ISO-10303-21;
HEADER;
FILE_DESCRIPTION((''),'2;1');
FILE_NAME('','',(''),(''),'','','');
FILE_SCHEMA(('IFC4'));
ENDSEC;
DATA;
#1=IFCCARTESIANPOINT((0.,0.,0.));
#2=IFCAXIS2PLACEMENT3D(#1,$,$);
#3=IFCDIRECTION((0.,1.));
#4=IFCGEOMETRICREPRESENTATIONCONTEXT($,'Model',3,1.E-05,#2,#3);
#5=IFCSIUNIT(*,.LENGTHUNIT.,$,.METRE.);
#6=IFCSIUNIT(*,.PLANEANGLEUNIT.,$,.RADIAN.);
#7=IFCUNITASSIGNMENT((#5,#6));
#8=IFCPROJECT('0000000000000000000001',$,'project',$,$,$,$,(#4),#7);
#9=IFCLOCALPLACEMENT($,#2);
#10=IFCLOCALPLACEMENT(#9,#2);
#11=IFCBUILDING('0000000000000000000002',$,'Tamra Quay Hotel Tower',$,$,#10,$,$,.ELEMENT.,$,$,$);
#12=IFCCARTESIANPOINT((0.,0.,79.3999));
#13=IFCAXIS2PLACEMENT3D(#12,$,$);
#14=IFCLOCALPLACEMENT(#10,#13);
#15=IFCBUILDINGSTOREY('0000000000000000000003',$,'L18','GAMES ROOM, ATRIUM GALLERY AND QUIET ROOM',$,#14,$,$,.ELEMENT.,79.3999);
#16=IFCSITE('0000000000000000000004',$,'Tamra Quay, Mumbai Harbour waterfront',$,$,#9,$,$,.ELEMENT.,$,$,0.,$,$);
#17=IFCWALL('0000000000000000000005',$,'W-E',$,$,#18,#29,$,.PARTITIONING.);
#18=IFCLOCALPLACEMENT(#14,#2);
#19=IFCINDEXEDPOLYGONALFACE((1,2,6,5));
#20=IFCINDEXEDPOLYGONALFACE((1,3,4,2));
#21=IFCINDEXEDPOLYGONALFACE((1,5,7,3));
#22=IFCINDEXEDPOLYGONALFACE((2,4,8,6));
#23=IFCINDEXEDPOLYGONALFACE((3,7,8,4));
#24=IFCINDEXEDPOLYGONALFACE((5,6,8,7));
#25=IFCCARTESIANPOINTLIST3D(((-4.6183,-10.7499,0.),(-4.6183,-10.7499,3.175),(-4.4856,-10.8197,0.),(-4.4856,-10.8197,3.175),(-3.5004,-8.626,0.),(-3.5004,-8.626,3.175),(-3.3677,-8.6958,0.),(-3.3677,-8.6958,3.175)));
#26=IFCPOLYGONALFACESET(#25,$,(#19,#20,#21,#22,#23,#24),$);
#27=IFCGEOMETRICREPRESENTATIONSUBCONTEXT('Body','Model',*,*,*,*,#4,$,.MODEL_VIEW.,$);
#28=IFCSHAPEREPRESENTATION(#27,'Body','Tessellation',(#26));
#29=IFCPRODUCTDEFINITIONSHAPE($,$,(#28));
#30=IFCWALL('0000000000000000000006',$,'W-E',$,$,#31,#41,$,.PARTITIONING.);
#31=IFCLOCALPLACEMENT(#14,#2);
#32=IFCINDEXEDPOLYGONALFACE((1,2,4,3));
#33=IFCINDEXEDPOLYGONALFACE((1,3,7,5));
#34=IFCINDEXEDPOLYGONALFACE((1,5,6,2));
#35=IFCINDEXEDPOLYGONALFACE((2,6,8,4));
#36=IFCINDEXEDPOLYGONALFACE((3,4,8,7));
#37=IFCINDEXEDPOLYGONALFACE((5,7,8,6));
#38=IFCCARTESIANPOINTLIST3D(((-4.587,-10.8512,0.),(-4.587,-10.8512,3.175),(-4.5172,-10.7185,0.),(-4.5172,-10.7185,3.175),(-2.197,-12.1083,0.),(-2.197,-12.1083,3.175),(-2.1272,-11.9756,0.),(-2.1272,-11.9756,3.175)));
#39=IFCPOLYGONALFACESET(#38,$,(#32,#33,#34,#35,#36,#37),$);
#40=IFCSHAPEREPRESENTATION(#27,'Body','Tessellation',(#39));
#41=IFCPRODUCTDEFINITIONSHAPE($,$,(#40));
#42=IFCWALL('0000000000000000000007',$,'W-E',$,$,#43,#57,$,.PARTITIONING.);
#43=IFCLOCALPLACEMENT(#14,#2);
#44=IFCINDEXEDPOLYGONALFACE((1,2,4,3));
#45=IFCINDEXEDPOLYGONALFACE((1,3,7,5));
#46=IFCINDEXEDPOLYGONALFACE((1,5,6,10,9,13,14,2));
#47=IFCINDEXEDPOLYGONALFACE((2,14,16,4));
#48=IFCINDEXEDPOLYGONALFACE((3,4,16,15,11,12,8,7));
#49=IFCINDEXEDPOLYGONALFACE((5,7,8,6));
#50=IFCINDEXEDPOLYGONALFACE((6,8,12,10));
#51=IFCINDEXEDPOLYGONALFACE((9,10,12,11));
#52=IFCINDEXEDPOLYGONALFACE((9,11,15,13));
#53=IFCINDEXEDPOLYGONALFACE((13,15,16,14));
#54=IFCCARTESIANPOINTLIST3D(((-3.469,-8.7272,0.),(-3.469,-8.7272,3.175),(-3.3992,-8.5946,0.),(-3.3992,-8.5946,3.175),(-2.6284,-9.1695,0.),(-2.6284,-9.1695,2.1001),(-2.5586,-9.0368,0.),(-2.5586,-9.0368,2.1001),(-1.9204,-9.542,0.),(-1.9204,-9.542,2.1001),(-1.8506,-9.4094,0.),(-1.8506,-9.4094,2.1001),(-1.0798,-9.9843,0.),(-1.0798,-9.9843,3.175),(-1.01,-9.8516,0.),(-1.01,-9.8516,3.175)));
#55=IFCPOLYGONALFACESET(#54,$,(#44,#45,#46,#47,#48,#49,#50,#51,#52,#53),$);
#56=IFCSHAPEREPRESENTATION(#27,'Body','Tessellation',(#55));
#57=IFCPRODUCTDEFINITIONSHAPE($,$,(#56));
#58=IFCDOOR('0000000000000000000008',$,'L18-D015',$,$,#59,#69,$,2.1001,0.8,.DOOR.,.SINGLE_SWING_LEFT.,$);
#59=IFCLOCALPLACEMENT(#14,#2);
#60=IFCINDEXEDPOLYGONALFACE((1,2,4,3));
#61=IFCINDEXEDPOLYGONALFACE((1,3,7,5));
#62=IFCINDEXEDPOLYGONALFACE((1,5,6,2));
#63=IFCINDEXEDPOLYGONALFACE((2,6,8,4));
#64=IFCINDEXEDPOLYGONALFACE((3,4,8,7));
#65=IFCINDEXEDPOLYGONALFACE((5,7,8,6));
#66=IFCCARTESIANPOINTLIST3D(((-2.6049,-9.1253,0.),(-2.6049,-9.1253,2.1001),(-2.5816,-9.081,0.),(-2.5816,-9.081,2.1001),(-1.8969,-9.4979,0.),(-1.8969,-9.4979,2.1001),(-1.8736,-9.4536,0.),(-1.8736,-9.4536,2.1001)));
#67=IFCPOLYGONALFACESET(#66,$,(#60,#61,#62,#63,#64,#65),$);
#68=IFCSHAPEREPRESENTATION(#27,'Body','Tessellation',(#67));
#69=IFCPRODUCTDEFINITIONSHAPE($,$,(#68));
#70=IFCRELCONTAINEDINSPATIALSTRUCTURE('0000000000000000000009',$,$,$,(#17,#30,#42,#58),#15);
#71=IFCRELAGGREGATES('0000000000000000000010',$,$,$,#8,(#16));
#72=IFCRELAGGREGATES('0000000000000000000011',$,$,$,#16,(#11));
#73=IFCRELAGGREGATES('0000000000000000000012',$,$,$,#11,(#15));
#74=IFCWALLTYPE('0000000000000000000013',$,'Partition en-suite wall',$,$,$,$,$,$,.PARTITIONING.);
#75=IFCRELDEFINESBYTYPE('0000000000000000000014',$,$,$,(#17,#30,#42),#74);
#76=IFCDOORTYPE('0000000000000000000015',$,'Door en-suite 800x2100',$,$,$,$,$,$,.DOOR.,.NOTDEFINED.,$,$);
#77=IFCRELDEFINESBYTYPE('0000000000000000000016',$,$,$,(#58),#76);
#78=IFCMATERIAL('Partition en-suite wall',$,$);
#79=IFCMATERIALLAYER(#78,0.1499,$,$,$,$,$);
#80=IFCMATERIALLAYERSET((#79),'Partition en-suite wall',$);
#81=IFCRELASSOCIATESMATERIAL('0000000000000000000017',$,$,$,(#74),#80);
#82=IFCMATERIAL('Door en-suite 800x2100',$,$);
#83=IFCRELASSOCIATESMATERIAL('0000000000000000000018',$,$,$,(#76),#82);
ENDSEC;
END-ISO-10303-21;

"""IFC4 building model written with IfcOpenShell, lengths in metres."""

from ifc_helpers import new_model, si_unit, direction, frame, frame_2d, origin, place, context, subcontext, project, spatial, rectangle, extrude, material, layer, layer_set, type_object, element, fill, save


model = new_model("IFC4")

# Units and contexts
model_context = context("Model", 3, precision=1e-05, world=origin(), true_north=direction((0.0, 1.0)))
body_context = subcontext(model_context, "Body", "Model", "MODEL_VIEW")
ifc_project = project(units=[si_unit("LENGTHUNIT", "METRE"), si_unit("PLANEANGLEUNIT", "RADIAN")], contexts=[model_context])

# Site, building, storey
site_placement = place(None, origin())
site = spatial("IfcSite", under=ifc_project, at=site_placement, Name="Tamra Quay, Mumbai Harbour waterfront", CompositionType="ELEMENT", RefElevation=0.0)
building_placement = place(site_placement, origin())
building = spatial("IfcBuilding", under=site, at=building_placement, Name="Tamra Quay Hotel Tower", CompositionType="ELEMENT")
storey_placement = place(building_placement, frame((0.0, 0.0, 79.3999)))
storey = spatial("IfcBuildingStorey", under=building, at=storey_placement, Name="L18", Description="GAMES ROOM, ATRIUM GALLERY AND QUIET ROOM", CompositionType="ELEMENT", Elevation=79.3999)

# Walls
ifc_material_1 = material(Name="Partition en-suite wall")
ifc_layer_1 = layer(ifc_material_1, 0.1499)
ifc_layer_set_1 = layer_set([ifc_layer_1], Name="Partition en-suite wall")
wall_type_1 = type_object("IfcWallType", Name="Partition en-suite wall", PredefinedType="PARTITIONING", material=ifc_layer_set_1)
wall_1_placement = place(storey_placement, frame((-4.552, -10.7849, 0.0), z_axis=(0.0, 0.0, 1.0), x_axis=(0.465751, 0.884916, 0.0)))
element("IfcWall", 1, at=wall_1_placement, inside=storey, type_object=wall_type_1, Name="W-E", PredefinedType="PARTITIONING", context=body_context, shape_type="SweptSolid", body=[
    extrude(rectangle(XDim=2.4001, YDim=0.1499, at=frame_2d((1.2002, 0.0))), origin(), (0.0, 0.0, 1.0), 3.175),
])
wall_2_placement = place(storey_placement, frame((-4.552, -10.7849, 0.0), z_axis=(0.0, 0.0, 1.0), x_axis=(0.885034, -0.465527, 0.0)))
element("IfcWall", 2, at=wall_2_placement, inside=storey, type_object=wall_type_1, Name="W-E", PredefinedType="PARTITIONING", context=body_context, shape_type="SweptSolid", body=[
    extrude(rectangle(XDim=2.7004, YDim=0.1499, at=frame_2d((1.3501, 0.0))), origin(), (0.0, 0.0, 1.0), 3.175),
])

# Wall, opening, door
wall_3_placement = place(storey_placement, frame((-3.4341, -8.6609, 0.0), z_axis=(0.0, 0.0, 1.0), x_axis=(0.884975, -0.465638, 0.0)))
wall_3 = element("IfcWall", 3, at=wall_3_placement, inside=storey, type_object=wall_type_1, Name="W-E", PredefinedType="PARTITIONING", context=body_context, shape_type="SweptSolid", body=[
    extrude(rectangle(XDim=2.6997, YDim=0.1499, at=frame_2d((1.3499, 0.0))), origin(), (0.0, 0.0, 1.0), 3.175),
])
opening_1_placement = place(wall_3_placement, frame((0.95, 0.0, 0.0)))
opening_1 = element("IfcOpeningElement", 4, at=opening_1_placement, cuts=wall_3, PredefinedType="OPENING", context=body_context, shape_type="SweptSolid", body=[
    extrude(rectangle(XDim=0.8, YDim=2.1001, at=frame_2d((0.3999, 1.05))), frame((0.0, 0.085, 0.0), z_axis=(0.0, -1.0, 0.0), x_axis=(1.0, 0.0, 0.0)), (0.0, 0.0, 1.0), 0.1699),
])
ifc_material_2 = material(Name="Door en-suite 800x2100")
door_type_1 = type_object("IfcDoorType", Name="Door en-suite 800x2100", OperationType="NOTDEFINED", PredefinedType="DOOR", material=ifc_material_2)
door_1_placement = place(opening_1_placement, frame((0.8, 0.0, 0.0), z_axis=(0.0, 0.0, 1.0), x_axis=(-1.0, 0.0, 0.0)))
door_1 = element("IfcDoor", 5, at=door_1_placement, inside=storey, type_object=door_type_1, Name="L18-D015", OperationType="SINGLE_SWING_LEFT", OverallHeight=2.1001, OverallWidth=0.8, PredefinedType="DOOR", context=body_context, shape_type="SweptSolid", body=[
    extrude(rectangle(XDim=0.8, YDim=2.1001, at=frame_2d((0.3999, 1.05))), frame((0.0, 0.0249, 0.0), z_axis=(0.0, -1.0, 0.0), x_axis=(1.0, 0.0, 0.0)), (0.0, 0.0, 1.0), 0.05),
])
fill(opening_1, door_1)

save(model, "model.ifc")
